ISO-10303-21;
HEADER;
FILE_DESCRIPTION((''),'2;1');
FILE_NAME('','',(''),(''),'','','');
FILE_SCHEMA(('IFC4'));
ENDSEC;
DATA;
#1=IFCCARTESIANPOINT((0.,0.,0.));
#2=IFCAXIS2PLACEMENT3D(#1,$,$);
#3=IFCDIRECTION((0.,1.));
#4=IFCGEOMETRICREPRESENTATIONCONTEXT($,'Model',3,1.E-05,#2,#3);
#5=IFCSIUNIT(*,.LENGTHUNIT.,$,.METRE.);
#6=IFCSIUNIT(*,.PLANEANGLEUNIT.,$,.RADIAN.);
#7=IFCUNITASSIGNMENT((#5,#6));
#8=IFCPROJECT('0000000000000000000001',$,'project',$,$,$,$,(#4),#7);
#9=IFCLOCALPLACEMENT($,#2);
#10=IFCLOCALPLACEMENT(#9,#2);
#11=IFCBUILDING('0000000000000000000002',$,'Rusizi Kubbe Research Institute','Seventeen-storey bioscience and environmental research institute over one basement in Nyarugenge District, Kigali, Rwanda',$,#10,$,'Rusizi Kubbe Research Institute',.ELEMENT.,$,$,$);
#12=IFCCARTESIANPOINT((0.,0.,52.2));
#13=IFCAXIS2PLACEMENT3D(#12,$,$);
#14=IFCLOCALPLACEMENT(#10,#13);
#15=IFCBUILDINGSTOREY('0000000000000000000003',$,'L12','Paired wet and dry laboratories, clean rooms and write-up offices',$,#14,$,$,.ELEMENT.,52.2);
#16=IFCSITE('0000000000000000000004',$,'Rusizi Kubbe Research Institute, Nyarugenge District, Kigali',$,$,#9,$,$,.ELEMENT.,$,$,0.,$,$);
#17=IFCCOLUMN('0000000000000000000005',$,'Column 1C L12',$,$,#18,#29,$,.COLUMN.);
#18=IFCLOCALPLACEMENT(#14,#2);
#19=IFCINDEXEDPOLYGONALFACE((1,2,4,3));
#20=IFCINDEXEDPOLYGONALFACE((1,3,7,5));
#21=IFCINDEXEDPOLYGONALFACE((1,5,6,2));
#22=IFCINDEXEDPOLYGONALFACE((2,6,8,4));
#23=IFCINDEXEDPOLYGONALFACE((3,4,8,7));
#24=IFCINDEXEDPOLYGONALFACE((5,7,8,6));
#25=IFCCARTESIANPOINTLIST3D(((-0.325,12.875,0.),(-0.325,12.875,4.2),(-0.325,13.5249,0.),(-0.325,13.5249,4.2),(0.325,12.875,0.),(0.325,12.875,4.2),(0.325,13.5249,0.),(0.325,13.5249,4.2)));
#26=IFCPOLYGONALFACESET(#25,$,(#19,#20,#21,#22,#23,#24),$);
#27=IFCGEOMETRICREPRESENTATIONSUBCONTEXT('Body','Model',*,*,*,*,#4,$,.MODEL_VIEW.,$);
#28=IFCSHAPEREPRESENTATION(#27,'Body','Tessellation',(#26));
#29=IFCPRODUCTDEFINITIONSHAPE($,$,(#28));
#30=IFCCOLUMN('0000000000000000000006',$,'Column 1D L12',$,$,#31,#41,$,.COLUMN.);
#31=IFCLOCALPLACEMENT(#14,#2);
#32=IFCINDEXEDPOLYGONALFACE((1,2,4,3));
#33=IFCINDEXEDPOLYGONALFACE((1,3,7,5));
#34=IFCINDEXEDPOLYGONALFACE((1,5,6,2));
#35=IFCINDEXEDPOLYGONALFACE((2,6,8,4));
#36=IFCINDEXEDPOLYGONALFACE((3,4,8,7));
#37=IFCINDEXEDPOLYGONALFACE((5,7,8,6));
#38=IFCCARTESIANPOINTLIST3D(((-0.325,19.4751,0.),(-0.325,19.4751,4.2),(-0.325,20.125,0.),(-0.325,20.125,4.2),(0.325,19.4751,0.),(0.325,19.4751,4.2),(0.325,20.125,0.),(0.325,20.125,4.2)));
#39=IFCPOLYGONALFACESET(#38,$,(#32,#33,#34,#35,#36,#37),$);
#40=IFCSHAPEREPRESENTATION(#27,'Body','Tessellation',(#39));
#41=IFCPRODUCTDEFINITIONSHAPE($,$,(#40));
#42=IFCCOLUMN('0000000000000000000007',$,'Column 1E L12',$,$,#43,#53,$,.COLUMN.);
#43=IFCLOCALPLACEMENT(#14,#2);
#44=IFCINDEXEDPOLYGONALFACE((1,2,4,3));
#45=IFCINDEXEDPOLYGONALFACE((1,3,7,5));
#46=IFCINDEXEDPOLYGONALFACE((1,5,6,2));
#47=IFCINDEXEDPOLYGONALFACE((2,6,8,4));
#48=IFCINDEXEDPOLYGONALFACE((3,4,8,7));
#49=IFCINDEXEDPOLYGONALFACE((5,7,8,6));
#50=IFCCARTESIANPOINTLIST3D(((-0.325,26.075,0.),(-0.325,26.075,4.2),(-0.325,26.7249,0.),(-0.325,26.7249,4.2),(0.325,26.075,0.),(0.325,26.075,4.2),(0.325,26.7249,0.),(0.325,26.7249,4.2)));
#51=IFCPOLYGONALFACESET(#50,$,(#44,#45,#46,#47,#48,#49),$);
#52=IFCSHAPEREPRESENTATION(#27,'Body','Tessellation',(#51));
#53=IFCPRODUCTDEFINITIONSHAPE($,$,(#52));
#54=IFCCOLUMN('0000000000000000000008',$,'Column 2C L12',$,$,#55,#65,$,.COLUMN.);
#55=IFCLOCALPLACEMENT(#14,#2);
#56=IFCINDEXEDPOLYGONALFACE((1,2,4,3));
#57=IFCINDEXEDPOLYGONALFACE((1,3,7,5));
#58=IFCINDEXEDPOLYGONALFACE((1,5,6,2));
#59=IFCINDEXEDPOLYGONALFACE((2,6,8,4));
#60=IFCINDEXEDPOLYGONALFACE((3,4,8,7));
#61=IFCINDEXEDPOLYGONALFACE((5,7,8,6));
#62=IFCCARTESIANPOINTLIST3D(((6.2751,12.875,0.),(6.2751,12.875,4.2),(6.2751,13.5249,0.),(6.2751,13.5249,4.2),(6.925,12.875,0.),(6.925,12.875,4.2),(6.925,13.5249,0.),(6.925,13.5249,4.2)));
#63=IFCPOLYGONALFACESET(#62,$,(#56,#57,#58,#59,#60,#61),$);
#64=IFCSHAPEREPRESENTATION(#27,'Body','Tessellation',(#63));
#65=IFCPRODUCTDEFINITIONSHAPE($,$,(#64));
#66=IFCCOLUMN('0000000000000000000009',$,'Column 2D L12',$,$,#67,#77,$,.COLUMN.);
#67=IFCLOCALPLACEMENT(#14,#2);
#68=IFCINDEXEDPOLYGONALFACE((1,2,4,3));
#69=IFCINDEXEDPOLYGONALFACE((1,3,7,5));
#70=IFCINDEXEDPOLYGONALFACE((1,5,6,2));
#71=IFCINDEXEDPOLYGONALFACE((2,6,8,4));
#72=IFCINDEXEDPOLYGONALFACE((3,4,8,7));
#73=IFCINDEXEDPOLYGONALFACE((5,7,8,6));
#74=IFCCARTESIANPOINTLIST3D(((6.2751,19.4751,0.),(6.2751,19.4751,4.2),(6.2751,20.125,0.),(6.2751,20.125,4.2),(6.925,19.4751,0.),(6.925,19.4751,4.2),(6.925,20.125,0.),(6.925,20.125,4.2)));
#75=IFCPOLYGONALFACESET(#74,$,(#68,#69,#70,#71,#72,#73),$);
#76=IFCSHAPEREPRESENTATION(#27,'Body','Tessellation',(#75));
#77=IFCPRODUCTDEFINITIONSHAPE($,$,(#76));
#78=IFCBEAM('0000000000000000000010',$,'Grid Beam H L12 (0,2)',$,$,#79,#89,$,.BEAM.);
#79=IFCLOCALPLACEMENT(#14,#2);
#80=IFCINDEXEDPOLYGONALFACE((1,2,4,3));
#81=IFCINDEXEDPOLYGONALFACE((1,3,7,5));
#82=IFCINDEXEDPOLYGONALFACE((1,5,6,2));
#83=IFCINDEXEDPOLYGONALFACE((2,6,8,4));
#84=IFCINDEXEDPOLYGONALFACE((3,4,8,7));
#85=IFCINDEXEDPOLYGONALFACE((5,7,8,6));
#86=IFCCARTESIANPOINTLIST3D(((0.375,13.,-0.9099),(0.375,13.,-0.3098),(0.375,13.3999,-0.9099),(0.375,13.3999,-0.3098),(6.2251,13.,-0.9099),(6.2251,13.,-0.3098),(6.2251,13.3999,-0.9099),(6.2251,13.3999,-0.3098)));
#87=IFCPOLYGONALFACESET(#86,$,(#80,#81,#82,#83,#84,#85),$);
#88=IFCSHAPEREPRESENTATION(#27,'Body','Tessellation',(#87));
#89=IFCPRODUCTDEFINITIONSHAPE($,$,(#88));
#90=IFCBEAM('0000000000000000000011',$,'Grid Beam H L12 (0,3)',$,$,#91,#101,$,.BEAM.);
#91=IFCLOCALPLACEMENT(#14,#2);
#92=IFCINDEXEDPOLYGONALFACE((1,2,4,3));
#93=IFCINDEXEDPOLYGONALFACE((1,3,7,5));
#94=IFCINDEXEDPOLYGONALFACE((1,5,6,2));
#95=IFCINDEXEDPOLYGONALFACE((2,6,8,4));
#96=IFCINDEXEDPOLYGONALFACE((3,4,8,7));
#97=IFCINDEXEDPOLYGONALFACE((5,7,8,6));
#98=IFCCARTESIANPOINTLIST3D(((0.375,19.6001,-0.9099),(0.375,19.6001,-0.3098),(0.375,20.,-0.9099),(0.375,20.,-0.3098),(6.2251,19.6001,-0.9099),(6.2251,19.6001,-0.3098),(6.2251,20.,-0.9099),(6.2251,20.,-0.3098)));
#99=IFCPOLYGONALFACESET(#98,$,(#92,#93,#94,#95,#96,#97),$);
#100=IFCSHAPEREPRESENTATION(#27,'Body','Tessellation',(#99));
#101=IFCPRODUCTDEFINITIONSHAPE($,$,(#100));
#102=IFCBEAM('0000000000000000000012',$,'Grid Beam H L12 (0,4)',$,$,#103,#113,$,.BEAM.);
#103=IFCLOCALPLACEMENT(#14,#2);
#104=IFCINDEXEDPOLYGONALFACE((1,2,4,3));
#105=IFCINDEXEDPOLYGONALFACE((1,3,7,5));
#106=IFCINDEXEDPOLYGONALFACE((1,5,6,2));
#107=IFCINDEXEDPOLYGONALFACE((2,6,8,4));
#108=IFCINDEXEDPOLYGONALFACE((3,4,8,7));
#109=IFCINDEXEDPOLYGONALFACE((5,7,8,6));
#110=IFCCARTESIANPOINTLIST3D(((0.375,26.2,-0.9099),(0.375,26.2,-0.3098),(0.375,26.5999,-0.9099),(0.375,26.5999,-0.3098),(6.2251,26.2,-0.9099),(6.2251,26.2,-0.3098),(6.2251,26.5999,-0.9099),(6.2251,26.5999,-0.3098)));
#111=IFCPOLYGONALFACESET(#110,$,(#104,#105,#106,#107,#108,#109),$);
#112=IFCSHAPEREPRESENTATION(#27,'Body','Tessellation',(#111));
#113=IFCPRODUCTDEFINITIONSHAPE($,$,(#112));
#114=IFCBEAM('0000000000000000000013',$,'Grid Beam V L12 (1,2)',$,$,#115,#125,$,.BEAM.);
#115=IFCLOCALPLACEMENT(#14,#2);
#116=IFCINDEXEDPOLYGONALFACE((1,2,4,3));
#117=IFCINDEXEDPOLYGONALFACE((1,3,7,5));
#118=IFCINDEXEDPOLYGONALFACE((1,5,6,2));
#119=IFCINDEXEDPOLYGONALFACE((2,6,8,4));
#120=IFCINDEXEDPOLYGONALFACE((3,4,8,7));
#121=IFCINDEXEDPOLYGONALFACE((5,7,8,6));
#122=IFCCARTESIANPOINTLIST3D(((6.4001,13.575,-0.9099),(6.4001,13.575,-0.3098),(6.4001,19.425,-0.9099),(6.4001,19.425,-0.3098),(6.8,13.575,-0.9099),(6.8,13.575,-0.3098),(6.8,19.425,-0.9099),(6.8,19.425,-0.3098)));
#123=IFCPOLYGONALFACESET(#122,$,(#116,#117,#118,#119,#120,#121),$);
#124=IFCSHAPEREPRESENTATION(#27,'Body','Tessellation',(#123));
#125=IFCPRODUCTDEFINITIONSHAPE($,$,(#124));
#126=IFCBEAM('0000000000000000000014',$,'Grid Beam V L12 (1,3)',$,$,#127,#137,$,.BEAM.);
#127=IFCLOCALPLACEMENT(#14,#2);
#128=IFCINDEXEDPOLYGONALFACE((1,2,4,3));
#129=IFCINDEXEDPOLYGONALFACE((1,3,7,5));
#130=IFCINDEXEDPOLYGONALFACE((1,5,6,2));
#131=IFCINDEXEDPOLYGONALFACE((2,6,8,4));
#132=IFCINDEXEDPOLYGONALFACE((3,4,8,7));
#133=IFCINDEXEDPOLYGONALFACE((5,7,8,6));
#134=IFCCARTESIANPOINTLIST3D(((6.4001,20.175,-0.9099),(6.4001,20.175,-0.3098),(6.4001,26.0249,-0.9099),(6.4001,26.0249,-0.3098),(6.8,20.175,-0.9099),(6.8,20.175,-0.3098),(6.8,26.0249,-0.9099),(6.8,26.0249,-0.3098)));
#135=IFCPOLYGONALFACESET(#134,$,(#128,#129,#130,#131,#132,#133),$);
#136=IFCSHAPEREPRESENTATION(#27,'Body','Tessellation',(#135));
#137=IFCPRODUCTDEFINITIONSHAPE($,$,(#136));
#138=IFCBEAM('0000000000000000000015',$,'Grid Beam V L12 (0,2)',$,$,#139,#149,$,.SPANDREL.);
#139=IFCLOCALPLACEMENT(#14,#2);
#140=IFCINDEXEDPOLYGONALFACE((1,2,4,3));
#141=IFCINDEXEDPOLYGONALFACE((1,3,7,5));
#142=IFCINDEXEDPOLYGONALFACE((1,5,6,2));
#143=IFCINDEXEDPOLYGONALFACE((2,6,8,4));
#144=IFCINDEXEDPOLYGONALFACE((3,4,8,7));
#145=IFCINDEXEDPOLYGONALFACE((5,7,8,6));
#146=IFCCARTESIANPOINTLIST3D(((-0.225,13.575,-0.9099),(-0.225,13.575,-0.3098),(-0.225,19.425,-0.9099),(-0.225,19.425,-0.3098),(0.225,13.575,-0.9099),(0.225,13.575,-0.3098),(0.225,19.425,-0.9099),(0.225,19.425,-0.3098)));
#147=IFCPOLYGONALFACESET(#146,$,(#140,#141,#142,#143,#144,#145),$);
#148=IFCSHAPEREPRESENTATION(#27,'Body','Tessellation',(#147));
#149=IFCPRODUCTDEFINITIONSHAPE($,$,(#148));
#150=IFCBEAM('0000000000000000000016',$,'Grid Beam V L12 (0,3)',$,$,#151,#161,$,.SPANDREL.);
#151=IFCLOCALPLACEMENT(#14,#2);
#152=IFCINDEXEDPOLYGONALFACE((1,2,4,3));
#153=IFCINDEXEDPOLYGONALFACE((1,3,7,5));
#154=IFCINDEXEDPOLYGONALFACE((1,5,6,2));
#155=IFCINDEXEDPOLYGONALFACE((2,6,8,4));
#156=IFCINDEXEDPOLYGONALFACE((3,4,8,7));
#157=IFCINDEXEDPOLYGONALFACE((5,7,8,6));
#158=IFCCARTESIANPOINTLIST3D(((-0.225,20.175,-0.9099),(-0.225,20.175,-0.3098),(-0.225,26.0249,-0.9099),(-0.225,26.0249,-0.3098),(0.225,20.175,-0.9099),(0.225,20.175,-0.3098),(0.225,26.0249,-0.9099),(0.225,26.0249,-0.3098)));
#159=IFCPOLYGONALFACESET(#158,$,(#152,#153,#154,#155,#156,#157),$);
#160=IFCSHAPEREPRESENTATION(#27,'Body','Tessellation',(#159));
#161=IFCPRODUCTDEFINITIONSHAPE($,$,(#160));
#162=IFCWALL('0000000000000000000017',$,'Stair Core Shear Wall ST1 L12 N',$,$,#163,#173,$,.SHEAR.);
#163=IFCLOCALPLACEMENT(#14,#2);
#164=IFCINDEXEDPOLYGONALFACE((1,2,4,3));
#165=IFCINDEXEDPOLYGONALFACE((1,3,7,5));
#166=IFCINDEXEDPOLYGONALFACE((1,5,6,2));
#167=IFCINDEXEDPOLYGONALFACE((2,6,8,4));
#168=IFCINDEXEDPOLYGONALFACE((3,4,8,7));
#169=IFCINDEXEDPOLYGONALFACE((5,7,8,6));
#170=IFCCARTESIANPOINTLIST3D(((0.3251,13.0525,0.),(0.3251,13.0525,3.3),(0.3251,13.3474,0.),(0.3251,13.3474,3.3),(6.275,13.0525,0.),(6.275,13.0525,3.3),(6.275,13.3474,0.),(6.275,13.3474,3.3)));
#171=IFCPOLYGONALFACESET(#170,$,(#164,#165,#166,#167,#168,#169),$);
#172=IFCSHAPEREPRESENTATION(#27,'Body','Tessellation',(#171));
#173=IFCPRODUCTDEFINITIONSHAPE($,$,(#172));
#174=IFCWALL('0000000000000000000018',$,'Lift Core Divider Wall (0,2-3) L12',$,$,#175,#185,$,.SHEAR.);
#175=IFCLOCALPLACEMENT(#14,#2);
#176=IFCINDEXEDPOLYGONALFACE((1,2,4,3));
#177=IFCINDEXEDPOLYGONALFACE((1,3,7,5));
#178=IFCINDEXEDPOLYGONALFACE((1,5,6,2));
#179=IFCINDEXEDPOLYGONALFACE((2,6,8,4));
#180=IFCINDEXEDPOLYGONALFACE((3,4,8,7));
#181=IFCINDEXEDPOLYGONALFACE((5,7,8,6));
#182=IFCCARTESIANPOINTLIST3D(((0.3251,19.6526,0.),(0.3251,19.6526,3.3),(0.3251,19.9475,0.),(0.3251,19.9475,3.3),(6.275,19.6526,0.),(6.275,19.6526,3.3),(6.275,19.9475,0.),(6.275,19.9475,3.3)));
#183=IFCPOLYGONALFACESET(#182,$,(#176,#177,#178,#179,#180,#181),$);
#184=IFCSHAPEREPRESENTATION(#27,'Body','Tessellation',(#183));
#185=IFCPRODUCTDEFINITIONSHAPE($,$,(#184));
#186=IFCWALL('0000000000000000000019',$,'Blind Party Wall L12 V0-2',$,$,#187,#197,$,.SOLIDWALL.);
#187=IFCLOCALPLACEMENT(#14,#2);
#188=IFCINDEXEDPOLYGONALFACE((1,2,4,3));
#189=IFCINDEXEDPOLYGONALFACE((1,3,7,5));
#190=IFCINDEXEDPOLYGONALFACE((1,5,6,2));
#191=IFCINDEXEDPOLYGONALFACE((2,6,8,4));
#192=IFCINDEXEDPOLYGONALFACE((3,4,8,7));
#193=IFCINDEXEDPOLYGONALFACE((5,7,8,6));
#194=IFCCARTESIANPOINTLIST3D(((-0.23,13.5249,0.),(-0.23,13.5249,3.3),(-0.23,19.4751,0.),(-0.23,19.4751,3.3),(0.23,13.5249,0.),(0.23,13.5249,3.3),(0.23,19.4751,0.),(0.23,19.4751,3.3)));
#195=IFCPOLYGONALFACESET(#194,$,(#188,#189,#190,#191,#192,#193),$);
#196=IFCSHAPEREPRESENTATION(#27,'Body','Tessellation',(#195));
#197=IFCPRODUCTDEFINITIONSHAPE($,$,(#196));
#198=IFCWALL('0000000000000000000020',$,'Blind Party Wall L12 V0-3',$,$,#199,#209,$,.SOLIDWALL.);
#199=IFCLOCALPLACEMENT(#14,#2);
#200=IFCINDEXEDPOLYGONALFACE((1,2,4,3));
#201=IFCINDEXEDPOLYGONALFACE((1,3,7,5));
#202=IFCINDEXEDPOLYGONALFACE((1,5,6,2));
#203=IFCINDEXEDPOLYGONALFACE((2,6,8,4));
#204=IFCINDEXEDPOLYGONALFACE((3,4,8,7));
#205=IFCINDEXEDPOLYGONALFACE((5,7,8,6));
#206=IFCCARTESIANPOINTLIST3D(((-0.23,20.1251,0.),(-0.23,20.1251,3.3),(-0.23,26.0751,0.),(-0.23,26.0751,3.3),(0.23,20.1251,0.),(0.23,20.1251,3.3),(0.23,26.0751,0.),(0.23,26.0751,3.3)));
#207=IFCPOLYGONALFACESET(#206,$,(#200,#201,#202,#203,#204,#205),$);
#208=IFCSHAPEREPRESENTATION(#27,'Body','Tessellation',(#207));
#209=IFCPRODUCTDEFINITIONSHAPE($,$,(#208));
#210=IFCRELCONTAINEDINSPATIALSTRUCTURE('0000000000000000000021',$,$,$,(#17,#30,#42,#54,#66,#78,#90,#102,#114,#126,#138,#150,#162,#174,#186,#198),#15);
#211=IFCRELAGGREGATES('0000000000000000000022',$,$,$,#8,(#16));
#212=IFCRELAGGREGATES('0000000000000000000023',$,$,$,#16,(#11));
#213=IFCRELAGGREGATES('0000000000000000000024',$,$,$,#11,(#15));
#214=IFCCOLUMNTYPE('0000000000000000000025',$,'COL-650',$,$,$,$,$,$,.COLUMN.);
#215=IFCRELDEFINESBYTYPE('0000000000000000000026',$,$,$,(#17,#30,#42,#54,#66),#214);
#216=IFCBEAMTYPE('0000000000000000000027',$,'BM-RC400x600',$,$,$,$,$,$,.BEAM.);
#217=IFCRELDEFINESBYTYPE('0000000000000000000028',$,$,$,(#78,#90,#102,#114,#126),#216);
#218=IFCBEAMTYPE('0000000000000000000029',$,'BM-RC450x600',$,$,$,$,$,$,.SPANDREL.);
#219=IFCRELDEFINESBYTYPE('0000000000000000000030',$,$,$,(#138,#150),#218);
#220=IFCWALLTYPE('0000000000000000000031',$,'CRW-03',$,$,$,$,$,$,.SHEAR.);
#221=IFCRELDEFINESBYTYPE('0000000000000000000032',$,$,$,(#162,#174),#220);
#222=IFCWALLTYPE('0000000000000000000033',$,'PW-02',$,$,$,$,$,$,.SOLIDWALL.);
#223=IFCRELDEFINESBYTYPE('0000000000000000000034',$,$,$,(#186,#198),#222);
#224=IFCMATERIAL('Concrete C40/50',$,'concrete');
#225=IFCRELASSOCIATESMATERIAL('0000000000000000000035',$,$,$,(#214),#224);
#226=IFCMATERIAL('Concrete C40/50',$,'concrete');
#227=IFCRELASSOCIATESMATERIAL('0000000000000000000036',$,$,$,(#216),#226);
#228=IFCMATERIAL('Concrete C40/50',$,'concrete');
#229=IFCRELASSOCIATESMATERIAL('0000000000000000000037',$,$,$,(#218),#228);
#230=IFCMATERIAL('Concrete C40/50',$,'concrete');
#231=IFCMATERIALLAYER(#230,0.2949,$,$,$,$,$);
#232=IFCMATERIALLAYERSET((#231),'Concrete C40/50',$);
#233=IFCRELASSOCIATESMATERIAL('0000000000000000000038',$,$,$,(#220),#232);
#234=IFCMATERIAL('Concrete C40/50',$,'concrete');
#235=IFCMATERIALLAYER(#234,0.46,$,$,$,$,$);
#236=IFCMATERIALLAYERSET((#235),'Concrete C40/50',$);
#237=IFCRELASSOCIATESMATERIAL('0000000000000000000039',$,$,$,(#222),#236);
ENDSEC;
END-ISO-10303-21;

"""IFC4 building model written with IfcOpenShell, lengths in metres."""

from ifc_helpers import new_model, si_unit, direction, frame, frame_2d, origin, origin_2d, place, context, subcontext, project, spatial, rectangle, extrude, material, layer, layer_set, material_profile, profile_set, type_object, element, save


model = new_model("IFC4")

# Units and contexts
model_context = context("Model", 3, precision=1e-05, world=origin(), true_north=direction((0.0, 1.0)))
body_context = subcontext(model_context, "Body", "Model", "MODEL_VIEW")
ifc_project = project(units=[si_unit("LENGTHUNIT", "METRE"), si_unit("PLANEANGLEUNIT", "RADIAN")], contexts=[model_context])

# Site, building, storey
site_placement = place(None, origin())
site = spatial("IfcSite", under=ifc_project, at=site_placement, Name="Rusizi Kubbe Research Institute, Nyarugenge District, Kigali", CompositionType="ELEMENT", RefElevation=0.0)
building_placement = place(site_placement, origin())
building = spatial("IfcBuilding", under=site, at=building_placement, Name="Rusizi Kubbe Research Institute", Description="Seventeen-storey bioscience and environmental research institute over one basement in Nyarugenge District, Kigali, Rwanda", LongName="Rusizi Kubbe Research Institute", CompositionType="ELEMENT")
storey_placement = place(building_placement, frame((0.0, 0.0, 52.2)))
storey = spatial("IfcBuildingStorey", under=building, at=storey_placement, Name="L12", Description="Paired wet and dry laboratories, clean rooms and write-up offices", CompositionType="ELEMENT", Elevation=52.2)

# Columns
ifc_material_1 = material(Name="Concrete C40/50", Category="concrete")
ifc_material_profile_1 = material_profile(ifc_material_1, rectangle(XDim=0.6499, YDim=0.6499, at=origin_2d()), Name="RC650x650")
ifc_profile_set_1 = profile_set([ifc_material_profile_1], Name="Concrete C40/50")
column_type = type_object("IfcColumnType", Name="COL-650", PredefinedType="COLUMN", material=ifc_profile_set_1)
for number, where, z_axis, x_axis, name in (
    (1, (0.0, 13.2, 0.0), (0.0, 0.0, 1.0), (1.0, 0.0, 0.0), "Column 1C L12"),
    (2, (0.0, 19.8, 0.0), (0.0, 0.0, 1.0), (1.0, 0.0, 0.0), "Column 1D L12"),
    (3, (0.0, 26.3999, 0.0), (0.0, 0.0, 1.0), (1.0, 0.0, 0.0), "Column 1E L12"),
    (4, (6.6001, 13.2, 0.0), (0.0, 0.0, 1.0), (1.0, 0.0, 0.0), "Column 2C L12"),
    (5, (6.6001, 19.8, 0.0), (0.0, 0.0, 1.0), (1.0, 0.0, 0.0), "Column 2D L12"),
):
    element("IfcColumn", number, at=place(storey_placement, frame(where, z_axis=z_axis, x_axis=x_axis)), inside=storey, type_object=column_type, Name=name, PredefinedType="COLUMN", context=body_context, shape_type="SweptSolid", body=[
        extrude(rectangle(XDim=0.6499, YDim=0.6499, at=origin_2d()), origin(), (0.0, 0.0, 1.0), 4.2),
    ])

# Beams
ifc_material_2 = material(Name="Concrete C40/50", Category="concrete")
ifc_material_profile_2 = material_profile(ifc_material_2, rectangle(XDim=0.3999, YDim=0.6001, at=origin_2d()), Name="RC400x600")
ifc_profile_set_2 = profile_set([ifc_material_profile_2], Name="Concrete C40/50")
beam_type_1 = type_object("IfcBeamType", Name="BM-RC400x600", PredefinedType="BEAM", material=ifc_profile_set_2)
for number, where, z_axis, x_axis, name in (
    (6, (0.375, 13.2, -0.6099), (1.0, 0.0, 0.0), (0.0, 1.0, 0.0), "Grid Beam H L12 (0,2)"),
    (7, (0.375, 19.8, -0.6099), (1.0, 0.0, 0.0), (0.0, 1.0, 0.0), "Grid Beam H L12 (0,3)"),
    (8, (0.375, 26.3999, -0.6099), (1.0, 0.0, 0.0), (0.0, 1.0, 0.0), "Grid Beam H L12 (0,4)"),
    (9, (6.6001, 13.575, -0.6099), (0.0, 1.0, 0.0), (-1.0, 0.0, 0.0), "Grid Beam V L12 (1,2)"),
):
    element("IfcBeam", number, at=place(storey_placement, frame(where, z_axis=z_axis, x_axis=x_axis)), inside=storey, type_object=beam_type_1, Name=name, PredefinedType="BEAM", context=body_context, shape_type="SweptSolid", body=[
        extrude(rectangle(XDim=0.3999, YDim=0.6001, at=origin_2d()), origin(), (0.0, 0.0, 1.0), 5.8501),
    ])
beam_1_placement = place(storey_placement, frame((6.6001, 20.175, -0.6099), z_axis=(0.0, 1.0, 0.0), x_axis=(-1.0, 0.0, 0.0)))
element("IfcBeam", 10, at=beam_1_placement, inside=storey, type_object=beam_type_1, Name="Grid Beam V L12 (1,3)", PredefinedType="BEAM", context=body_context, shape_type="SweptSolid", body=[
    extrude(rectangle(XDim=0.3999, YDim=0.6001, at=origin_2d()), origin(), (0.0, 0.0, 1.0), 5.8499),
])
ifc_material_3 = material(Name="Concrete C40/50", Category="concrete")
ifc_material_profile_3 = material_profile(ifc_material_3, rectangle(XDim=0.45, YDim=0.6001, at=origin_2d()), Name="RC450x600")
ifc_profile_set_3 = profile_set([ifc_material_profile_3], Name="Concrete C40/50")
beam_type_2 = type_object("IfcBeamType", Name="BM-RC450x600", PredefinedType="SPANDREL", material=ifc_profile_set_3)
beam_2_placement = place(storey_placement, frame((0.0, 13.575, -0.6099), z_axis=(0.0, 1.0, 0.0), x_axis=(-1.0, 0.0, 0.0)))
element("IfcBeam", 11, at=beam_2_placement, inside=storey, type_object=beam_type_2, Name="Grid Beam V L12 (0,2)", PredefinedType="SPANDREL", context=body_context, shape_type="SweptSolid", body=[
    extrude(rectangle(XDim=0.45, YDim=0.6001, at=origin_2d()), origin(), (0.0, 0.0, 1.0), 5.8501),
])
beam_3_placement = place(storey_placement, frame((0.0, 20.175, -0.6099), z_axis=(0.0, 1.0, 0.0), x_axis=(-1.0, 0.0, 0.0)))
element("IfcBeam", 12, at=beam_3_placement, inside=storey, type_object=beam_type_2, Name="Grid Beam V L12 (0,3)", PredefinedType="SPANDREL", context=body_context, shape_type="SweptSolid", body=[
    extrude(rectangle(XDim=0.45, YDim=0.6001, at=origin_2d()), origin(), (0.0, 0.0, 1.0), 5.8499),
])

# Walls
ifc_material_4 = material(Name="Concrete C40/50", Category="concrete")
ifc_layer_1 = layer(ifc_material_4, 0.2949)
ifc_layer_set_1 = layer_set([ifc_layer_1], Name="Concrete C40/50")
wall_type_1 = type_object("IfcWallType", Name="CRW-03", PredefinedType="SHEAR", material=ifc_layer_set_1)
for number, where, z_axis, x_axis, name in (
    (13, (0.325, 13.2, 0.0), (0.0, 0.0, 1.0), (1.0, 0.0, 0.0), "Stair Core Shear Wall ST1 L12 N"),
    (14, (0.325, 19.8, 0.0), (0.0, 0.0, 1.0), (1.0, 0.0, 0.0), "Lift Core Divider Wall (0,2-3) L12"),
):
    element("IfcWall", number, at=place(storey_placement, frame(where, z_axis=z_axis, x_axis=x_axis)), inside=storey, type_object=wall_type_1, Name=name, PredefinedType="SHEAR", context=body_context, shape_type="SweptSolid", body=[
        extrude(rectangle(XDim=5.95, YDim=0.2949, at=frame_2d((2.9751, 0.0))), origin(), (0.0, 0.0, 1.0), 3.3),
    ])

# Walls
ifc_material_5 = material(Name="Concrete C40/50", Category="concrete")
ifc_layer_2 = layer(ifc_material_5, 0.46)
ifc_layer_set_2 = layer_set([ifc_layer_2], Name="Concrete C40/50")
wall_type_2 = type_object("IfcWallType", Name="PW-02", PredefinedType="SOLIDWALL", material=ifc_layer_set_2)
wall_1_placement = place(storey_placement, frame((0.0, 13.5249, 0.0), z_axis=(0.0, 0.0, 1.0), x_axis=(0.0, 1.0, 0.0)))
element("IfcWall", 15, at=wall_1_placement, inside=storey, type_object=wall_type_2, Name="Blind Party Wall L12 V0-2", PredefinedType="SOLIDWALL", context=body_context, shape_type="SweptSolid", body=[
    extrude(rectangle(XDim=5.9502, YDim=0.46, at=frame_2d((2.9751, 0.0))), origin(), (0.0, 0.0, 1.0), 3.3),
])
wall_2_placement = place(storey_placement, frame((0.0, 20.125, 0.0), z_axis=(0.0, 0.0, 1.0), x_axis=(0.0, 1.0, 0.0)))
element("IfcWall", 16, at=wall_2_placement, inside=storey, type_object=wall_type_2, Name="Blind Party Wall L12 V0-3", PredefinedType="SOLIDWALL", context=body_context, shape_type="SweptSolid", body=[
    extrude(rectangle(XDim=5.95, YDim=0.46, at=frame_2d((2.9751, 0.0))), origin(), (0.0, 0.0, 1.0), 3.3),
])

save(model, "model.ifc")
